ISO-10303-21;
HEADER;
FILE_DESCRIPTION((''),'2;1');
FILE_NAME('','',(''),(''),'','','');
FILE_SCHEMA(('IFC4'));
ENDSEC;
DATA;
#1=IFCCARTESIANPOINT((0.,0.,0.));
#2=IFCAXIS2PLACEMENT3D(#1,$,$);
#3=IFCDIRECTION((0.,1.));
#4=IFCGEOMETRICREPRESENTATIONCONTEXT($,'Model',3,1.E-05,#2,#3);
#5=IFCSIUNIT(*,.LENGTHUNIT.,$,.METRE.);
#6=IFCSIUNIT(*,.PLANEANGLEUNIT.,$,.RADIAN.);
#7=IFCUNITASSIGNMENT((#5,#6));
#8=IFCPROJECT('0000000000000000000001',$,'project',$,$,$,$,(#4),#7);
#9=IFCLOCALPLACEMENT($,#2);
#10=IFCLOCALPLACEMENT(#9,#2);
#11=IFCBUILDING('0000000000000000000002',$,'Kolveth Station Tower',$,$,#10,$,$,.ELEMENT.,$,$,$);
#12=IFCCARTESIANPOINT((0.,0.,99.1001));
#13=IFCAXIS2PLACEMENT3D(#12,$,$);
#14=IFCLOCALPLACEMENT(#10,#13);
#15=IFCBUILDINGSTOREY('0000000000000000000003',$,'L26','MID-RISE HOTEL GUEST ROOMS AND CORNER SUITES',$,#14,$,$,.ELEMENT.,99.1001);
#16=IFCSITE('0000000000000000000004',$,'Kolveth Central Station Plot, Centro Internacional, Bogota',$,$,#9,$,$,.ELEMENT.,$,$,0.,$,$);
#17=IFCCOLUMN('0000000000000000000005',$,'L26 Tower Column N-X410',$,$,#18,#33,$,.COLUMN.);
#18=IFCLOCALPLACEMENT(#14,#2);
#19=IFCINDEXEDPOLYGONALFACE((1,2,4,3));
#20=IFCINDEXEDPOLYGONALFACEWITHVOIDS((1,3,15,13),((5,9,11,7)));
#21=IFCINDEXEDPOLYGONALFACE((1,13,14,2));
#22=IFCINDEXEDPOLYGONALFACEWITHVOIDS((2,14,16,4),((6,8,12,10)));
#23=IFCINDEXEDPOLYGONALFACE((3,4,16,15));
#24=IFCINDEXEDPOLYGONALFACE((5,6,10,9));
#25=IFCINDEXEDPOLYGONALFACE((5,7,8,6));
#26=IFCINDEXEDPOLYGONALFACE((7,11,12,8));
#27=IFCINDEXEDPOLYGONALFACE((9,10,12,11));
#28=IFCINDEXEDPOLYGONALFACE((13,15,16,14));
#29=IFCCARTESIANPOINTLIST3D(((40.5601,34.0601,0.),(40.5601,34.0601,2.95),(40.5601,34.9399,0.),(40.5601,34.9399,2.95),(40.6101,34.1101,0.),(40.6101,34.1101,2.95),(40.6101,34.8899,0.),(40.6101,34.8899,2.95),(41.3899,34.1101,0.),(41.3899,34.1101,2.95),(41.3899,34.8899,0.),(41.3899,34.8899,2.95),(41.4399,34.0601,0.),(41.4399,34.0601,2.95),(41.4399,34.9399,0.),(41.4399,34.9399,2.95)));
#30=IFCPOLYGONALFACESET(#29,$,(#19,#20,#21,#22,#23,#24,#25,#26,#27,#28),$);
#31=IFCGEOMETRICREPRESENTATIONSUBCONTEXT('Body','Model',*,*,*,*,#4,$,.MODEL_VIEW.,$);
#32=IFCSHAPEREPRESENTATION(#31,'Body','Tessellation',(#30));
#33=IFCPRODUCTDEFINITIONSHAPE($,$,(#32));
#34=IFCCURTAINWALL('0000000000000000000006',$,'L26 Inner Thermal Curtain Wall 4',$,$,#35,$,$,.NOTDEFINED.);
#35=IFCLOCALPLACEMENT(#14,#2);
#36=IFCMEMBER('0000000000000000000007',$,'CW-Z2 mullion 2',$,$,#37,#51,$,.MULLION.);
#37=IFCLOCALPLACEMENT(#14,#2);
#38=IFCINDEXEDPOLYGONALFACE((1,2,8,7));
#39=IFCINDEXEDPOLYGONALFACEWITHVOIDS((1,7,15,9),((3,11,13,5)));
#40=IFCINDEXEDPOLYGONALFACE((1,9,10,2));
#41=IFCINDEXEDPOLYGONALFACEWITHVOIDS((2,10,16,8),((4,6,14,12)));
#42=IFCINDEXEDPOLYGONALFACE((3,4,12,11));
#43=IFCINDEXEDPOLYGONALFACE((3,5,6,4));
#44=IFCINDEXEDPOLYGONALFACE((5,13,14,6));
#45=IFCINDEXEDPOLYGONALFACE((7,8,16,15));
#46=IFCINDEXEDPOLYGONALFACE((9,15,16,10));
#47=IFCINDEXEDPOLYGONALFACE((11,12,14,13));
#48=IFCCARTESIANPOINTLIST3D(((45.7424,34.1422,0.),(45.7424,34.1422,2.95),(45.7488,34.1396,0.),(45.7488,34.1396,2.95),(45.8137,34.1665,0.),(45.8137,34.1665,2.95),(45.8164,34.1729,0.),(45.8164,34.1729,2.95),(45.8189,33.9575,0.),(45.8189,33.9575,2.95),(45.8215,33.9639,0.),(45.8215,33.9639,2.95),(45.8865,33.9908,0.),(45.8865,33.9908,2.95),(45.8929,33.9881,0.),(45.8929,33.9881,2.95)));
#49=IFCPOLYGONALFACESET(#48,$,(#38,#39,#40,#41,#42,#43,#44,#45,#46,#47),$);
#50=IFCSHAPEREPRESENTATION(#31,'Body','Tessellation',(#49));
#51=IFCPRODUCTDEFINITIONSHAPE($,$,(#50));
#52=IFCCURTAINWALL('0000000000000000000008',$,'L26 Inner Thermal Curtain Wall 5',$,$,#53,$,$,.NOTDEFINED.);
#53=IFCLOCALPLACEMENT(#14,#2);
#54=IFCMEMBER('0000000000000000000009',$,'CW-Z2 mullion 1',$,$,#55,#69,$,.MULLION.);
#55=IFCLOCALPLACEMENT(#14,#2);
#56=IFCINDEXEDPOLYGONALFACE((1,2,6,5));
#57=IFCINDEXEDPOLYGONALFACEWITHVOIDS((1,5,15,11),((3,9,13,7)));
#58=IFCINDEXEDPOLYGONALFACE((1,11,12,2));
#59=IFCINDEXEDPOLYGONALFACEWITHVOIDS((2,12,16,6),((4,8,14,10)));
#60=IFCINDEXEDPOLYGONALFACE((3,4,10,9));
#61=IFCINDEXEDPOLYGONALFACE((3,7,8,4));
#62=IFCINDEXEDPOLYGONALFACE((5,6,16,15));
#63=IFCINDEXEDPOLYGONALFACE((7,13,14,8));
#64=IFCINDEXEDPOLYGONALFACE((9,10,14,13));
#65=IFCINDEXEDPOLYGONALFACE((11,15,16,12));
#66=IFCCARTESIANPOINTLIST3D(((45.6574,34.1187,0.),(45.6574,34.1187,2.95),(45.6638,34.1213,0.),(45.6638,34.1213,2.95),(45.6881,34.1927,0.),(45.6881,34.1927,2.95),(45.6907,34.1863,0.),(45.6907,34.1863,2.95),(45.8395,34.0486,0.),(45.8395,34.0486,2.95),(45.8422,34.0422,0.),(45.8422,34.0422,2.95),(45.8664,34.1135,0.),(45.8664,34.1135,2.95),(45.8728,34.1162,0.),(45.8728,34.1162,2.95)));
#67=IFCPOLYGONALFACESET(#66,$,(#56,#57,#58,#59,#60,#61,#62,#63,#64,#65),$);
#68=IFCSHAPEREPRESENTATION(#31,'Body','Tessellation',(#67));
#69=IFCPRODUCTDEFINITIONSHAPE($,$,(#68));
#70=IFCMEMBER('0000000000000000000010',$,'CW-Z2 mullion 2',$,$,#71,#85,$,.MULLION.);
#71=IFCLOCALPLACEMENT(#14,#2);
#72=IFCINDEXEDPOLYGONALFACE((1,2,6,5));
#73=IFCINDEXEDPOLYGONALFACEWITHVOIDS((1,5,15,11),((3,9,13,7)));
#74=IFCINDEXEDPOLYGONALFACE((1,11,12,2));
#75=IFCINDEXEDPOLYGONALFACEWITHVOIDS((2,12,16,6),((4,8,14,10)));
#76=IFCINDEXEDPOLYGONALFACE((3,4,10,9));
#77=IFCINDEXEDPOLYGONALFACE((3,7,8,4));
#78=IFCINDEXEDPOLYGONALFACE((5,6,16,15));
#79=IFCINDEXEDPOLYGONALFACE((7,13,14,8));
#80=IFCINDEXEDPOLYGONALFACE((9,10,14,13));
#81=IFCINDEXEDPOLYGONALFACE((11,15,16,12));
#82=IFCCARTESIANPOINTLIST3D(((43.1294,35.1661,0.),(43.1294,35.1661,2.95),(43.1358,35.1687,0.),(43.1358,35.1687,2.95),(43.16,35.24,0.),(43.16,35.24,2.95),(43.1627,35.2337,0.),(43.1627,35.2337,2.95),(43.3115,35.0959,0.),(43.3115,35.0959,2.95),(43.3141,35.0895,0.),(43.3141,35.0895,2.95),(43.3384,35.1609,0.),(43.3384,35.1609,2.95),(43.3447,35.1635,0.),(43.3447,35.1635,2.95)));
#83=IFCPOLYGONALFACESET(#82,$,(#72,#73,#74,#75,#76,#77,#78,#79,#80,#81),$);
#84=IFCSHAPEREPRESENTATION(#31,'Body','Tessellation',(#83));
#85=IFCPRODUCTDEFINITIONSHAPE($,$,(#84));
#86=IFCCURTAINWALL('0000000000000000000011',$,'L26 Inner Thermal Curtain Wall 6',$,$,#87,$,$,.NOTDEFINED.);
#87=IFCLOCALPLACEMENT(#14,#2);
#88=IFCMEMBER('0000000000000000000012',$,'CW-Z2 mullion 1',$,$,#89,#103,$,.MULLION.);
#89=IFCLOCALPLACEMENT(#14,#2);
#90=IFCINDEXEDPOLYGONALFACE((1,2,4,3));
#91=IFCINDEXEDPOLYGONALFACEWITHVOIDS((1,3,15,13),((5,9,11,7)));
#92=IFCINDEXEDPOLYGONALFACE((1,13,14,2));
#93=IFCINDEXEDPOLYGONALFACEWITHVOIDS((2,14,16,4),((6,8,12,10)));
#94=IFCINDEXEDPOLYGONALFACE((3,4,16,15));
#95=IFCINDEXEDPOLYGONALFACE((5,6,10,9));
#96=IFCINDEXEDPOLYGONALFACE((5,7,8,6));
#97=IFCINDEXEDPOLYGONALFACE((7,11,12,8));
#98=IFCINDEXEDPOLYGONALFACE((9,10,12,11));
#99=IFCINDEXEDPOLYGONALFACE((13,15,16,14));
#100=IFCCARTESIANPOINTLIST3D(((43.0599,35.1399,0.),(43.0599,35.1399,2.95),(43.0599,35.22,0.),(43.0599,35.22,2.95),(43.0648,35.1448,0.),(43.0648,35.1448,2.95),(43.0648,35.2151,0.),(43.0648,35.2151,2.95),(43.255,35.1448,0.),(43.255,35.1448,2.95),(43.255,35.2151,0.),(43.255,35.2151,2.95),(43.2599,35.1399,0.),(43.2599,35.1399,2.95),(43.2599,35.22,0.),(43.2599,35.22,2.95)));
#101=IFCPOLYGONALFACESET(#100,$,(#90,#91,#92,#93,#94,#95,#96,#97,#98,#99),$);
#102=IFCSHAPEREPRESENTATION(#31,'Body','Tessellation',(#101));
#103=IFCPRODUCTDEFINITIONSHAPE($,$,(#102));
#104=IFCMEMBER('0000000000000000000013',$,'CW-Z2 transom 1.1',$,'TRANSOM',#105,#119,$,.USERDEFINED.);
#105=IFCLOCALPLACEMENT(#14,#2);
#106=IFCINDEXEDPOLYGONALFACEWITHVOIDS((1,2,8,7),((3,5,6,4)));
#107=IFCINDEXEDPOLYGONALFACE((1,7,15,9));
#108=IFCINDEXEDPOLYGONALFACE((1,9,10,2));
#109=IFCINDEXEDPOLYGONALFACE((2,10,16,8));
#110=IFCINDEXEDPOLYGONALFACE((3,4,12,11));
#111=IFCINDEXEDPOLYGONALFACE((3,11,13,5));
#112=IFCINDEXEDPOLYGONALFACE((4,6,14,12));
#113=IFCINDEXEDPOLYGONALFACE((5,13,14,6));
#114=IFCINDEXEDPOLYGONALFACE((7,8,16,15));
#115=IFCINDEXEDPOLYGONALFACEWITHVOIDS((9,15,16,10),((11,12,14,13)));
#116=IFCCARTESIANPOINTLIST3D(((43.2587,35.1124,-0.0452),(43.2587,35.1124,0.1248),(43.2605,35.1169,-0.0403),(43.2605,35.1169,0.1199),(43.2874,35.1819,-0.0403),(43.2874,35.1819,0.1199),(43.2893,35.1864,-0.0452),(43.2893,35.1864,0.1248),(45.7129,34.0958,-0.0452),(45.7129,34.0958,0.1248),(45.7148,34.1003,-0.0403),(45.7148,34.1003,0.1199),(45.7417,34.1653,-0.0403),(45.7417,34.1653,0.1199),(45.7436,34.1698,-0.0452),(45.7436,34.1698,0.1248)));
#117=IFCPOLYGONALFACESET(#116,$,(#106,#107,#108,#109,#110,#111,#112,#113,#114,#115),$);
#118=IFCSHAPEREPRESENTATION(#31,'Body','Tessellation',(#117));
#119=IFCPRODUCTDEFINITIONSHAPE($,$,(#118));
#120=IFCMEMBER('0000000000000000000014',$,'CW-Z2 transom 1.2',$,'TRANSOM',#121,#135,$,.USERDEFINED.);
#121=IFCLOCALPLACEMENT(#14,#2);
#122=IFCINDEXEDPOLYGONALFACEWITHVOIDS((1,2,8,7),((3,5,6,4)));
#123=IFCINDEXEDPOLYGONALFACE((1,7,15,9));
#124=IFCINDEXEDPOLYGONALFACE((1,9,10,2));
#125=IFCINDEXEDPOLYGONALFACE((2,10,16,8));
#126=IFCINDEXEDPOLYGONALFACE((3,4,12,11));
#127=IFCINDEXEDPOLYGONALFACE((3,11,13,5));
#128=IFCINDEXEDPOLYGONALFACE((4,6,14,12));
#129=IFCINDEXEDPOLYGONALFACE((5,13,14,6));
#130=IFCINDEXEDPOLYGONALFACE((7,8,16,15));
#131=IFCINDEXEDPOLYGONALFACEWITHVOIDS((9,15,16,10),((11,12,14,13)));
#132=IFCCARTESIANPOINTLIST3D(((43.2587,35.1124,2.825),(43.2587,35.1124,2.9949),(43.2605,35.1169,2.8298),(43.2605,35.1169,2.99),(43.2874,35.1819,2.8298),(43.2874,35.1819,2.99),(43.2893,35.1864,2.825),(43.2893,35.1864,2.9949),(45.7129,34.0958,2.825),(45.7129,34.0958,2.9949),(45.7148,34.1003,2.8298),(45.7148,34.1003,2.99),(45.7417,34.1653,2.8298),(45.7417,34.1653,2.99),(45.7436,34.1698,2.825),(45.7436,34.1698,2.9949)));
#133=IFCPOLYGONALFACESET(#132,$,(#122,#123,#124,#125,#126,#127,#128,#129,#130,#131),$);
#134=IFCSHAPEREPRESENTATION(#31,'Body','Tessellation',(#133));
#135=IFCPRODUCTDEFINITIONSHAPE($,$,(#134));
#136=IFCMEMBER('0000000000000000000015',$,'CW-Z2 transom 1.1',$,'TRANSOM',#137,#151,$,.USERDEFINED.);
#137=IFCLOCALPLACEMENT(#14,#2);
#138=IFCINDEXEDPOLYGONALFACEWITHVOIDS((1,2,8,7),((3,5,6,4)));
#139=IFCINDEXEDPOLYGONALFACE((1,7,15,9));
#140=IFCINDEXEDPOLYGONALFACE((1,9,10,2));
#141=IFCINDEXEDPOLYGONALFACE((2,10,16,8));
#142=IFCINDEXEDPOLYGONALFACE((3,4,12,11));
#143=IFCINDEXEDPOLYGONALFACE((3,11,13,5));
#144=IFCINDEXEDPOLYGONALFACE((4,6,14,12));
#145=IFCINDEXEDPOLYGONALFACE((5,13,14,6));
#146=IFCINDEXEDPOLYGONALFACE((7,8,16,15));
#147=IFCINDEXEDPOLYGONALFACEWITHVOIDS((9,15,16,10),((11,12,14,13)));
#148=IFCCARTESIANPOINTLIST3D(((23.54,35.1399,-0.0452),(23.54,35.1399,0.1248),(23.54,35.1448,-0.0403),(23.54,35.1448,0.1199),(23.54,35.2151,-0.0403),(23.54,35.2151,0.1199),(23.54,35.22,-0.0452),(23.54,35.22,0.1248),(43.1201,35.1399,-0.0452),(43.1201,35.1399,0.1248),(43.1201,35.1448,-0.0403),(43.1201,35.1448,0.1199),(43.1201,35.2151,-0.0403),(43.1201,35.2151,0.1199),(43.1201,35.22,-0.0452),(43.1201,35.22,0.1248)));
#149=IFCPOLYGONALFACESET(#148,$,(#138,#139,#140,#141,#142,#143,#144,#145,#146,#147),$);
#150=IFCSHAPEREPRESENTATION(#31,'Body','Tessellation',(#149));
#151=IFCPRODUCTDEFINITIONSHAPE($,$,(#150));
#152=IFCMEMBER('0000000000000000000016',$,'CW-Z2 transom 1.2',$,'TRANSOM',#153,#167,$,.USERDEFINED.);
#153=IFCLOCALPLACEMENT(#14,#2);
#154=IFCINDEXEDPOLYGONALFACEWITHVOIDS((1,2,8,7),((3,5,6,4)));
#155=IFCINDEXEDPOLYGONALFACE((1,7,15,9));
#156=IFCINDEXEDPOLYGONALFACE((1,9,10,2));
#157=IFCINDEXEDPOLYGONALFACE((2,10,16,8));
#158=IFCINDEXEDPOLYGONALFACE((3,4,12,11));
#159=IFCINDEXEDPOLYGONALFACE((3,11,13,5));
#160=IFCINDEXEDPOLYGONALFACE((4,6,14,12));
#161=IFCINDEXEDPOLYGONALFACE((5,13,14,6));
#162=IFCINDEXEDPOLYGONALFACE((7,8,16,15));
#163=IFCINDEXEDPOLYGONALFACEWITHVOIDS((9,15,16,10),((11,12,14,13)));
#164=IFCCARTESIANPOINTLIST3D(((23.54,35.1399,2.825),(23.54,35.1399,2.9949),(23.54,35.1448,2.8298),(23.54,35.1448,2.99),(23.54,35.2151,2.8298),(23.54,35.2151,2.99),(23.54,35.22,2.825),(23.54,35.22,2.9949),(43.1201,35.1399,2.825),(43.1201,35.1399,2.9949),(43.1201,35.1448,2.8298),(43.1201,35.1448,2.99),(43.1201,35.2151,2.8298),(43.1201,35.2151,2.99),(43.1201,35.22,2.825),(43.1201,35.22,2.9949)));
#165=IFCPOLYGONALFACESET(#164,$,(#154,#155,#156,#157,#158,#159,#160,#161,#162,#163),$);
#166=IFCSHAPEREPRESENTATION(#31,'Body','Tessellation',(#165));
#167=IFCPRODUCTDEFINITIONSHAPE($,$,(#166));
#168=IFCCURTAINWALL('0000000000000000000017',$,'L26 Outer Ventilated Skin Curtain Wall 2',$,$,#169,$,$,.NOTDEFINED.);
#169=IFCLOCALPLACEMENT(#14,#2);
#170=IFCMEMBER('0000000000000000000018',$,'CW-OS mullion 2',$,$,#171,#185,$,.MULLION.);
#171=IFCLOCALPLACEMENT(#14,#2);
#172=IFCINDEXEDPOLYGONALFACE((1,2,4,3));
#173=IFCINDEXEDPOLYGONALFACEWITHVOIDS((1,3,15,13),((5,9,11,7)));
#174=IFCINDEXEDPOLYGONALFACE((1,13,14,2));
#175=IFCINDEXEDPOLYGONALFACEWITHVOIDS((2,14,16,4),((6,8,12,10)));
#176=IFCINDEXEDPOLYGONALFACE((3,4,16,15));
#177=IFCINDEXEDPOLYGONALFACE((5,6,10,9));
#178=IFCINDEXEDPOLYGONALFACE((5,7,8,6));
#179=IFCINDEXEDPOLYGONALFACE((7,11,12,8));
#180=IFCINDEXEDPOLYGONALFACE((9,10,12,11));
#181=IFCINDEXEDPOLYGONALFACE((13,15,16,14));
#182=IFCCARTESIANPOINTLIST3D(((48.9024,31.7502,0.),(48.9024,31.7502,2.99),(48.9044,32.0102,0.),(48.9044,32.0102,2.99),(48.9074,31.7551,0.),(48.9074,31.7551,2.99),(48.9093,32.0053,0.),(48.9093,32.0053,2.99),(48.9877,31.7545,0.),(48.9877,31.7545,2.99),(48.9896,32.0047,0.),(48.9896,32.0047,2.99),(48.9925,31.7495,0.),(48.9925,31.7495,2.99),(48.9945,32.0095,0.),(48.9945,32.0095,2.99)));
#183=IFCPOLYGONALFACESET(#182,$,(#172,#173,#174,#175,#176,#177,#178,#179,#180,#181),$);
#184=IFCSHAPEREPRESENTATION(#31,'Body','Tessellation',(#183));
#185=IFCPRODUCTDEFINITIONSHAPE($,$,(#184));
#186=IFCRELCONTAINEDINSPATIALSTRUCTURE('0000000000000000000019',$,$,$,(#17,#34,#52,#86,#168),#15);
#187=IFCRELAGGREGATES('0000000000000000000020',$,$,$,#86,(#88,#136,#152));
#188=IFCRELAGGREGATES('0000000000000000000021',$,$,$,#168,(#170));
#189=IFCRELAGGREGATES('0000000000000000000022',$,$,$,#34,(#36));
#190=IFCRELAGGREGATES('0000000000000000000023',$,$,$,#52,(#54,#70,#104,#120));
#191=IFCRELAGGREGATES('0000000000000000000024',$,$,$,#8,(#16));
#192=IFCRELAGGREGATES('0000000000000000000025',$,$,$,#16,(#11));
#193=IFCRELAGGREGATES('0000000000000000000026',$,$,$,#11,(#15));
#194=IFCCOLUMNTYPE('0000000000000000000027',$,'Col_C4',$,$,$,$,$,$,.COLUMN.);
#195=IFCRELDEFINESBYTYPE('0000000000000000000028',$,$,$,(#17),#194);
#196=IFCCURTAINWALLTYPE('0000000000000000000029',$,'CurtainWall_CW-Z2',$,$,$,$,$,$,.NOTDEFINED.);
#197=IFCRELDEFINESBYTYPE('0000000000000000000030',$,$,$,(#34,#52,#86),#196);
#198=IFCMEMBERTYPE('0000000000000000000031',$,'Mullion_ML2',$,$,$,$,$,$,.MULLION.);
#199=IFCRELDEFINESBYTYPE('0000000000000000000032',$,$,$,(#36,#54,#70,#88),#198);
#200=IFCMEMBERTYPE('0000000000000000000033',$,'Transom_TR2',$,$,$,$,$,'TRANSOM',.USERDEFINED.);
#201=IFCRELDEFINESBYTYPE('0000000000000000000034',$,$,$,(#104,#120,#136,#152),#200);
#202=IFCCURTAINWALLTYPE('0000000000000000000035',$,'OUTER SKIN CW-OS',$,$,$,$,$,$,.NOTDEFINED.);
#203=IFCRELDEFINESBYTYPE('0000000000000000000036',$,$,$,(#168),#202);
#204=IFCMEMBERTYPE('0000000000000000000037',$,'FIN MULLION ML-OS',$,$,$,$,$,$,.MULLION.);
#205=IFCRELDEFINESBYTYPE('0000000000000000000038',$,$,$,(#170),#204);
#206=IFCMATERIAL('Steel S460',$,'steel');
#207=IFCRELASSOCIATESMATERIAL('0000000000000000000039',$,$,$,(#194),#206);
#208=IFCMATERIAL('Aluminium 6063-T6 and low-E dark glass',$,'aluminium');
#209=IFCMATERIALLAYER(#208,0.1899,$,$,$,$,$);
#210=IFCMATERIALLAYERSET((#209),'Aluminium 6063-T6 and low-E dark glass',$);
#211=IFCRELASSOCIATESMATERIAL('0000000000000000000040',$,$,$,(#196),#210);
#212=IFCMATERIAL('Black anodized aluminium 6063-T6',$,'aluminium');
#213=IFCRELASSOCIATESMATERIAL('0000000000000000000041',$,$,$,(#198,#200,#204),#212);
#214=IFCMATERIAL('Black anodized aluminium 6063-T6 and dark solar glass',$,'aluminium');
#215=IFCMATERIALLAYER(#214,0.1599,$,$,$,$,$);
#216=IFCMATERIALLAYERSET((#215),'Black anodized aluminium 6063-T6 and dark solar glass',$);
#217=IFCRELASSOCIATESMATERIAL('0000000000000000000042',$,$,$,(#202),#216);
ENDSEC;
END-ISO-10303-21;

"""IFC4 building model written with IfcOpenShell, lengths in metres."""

from ifc_helpers import new_model, si_unit, direction, frame, origin, origin_2d, place, context, subcontext, project, spatial, hollow_rectangle, extrude, source, transform, mapped, material, layer, layer_set, material_profile, profile_set, type_object, element, aggregate, save


model = new_model("IFC4")

# Units and contexts
model_context = context("Model", 3, precision=1e-05, world=origin(), true_north=direction((0.0, 1.0)))
body_context = subcontext(model_context, "Body", "Model", "MODEL_VIEW")
ifc_project = project(units=[si_unit("LENGTHUNIT", "METRE"), si_unit("PLANEANGLEUNIT", "RADIAN")], contexts=[model_context])

# Site, building, storey
site_placement = place(None, origin())
site = spatial("IfcSite", under=ifc_project, at=site_placement, Name="Kolveth Central Station Plot, Centro Internacional, Bogota", CompositionType="ELEMENT", RefElevation=0.0)
building_placement = place(site_placement, origin())
building = spatial("IfcBuilding", under=site, at=building_placement, Name="Kolveth Station Tower", CompositionType="ELEMENT")
storey_placement = place(building_placement, frame((0.0, 0.0, 99.1001)))
storey = spatial("IfcBuildingStorey", under=building, at=storey_placement, Name="L26", Description="MID-RISE HOTEL GUEST ROOMS AND CORNER SUITES", CompositionType="ELEMENT", Elevation=99.1001)

# Column
ifc_material_1 = material(Name="Steel S460", Category="steel")
ifc_material_profile_1 = material_profile(ifc_material_1, hollow_rectangle(XDim=0.8799, YDim=0.8799, WallThickness=0.05, at=origin_2d()), Name="BOX880x880x50")
ifc_profile_set_1 = profile_set([ifc_material_profile_1], Name="Steel S460")
column_type = type_object("IfcColumnType", Name="Col_C4", PredefinedType="COLUMN", material=ifc_profile_set_1)
shared_shape_1 = source(origin(), body_context, "Body", "SweptSolid", [
    extrude(hollow_rectangle(XDim=0.8799, YDim=0.8799, WallThickness=0.05, at=origin_2d()), origin(), (0.0, 0.0, 1.0), 2.95),
])
column_placement = place(storey_placement, frame((41.0, 34.5, 0.0), z_axis=(0.0, 0.0, 1.0), x_axis=(1.0, 0.0, 0.0)))
element("IfcColumn", 1, at=column_placement, inside=storey, type_object=column_type, Name="L26 Tower Column N-X410", PredefinedType="COLUMN", context=body_context, shape_type="MappedRepresentation", body=[
    mapped(shared_shape_1, transform((0.0, 0.0, 0.0), x_axis=(1.0, 0.0, 0.0), y_axis=(0.0, 1.0, 0.0), z_axis=(0.0, 0.0, 1.0), scale=1.0)),
])

# Curtain wall, member
ifc_material_2 = material(Name="Aluminium 6063-T6 and low-E dark glass", Category="aluminium")
ifc_layer_1 = layer(ifc_material_2, 0.1899)
ifc_layer_set_1 = layer_set([ifc_layer_1], Name="Aluminium 6063-T6 and low-E dark glass")
curtain_wall_type_1 = type_object("IfcCurtainWallType", Name="CurtainWall_CW-Z2", PredefinedType="NOTDEFINED", material=ifc_layer_set_1)
curtain_wall_1_placement = place(storey_placement, origin())
curtain_wall_1 = element("IfcCurtainWall", 2, at=curtain_wall_1_placement, inside=storey, type_object=curtain_wall_type_1, Name="L26 Inner Thermal Curtain Wall 4", PredefinedType="NOTDEFINED")
ifc_material_3 = material(Name="Black anodized aluminium 6063-T6", Category="aluminium")
ifc_material_profile_2 = material_profile(ifc_material_3, hollow_rectangle(XDim=0.0801, YDim=0.2, WallThickness=0.0049, at=origin_2d()), Name="ALU-80x200x5")
ifc_profile_set_2 = profile_set([ifc_material_profile_2], Name="Black anodized aluminium 6063-T6")
member_type_1 = type_object("IfcMemberType", Name="Mullion_ML2", PredefinedType="MULLION", material=ifc_profile_set_2)
shared_shape_2 = source(origin(), body_context, "Body", "SweptSolid", [
    extrude(hollow_rectangle(XDim=0.0801, YDim=0.2, WallThickness=0.0049, at=origin_2d()), origin(), (0.0, 0.0, 1.0), 2.95),
])
member_1_placement = place(storey_placement, frame((45.8176, 34.0652, 0.0), z_axis=(0.0, 0.0, 1.0), x_axis=(-0.923888, -0.382663, 0.0)))
member_1 = element("IfcMember", 3, at=member_1_placement, type_object=member_type_1, Name="CW-Z2 mullion 2", PredefinedType="MULLION", context=body_context, shape_type="MappedRepresentation", body=[
    mapped(shared_shape_2, transform((0.0, 0.0, 0.0), x_axis=(1.0, 0.0, 0.0), y_axis=(0.0, 1.0, 0.0), z_axis=(0.0, 0.0, 1.0), scale=1.0)),
])

# Curtain wall, members
curtain_wall_2_placement = place(storey_placement, origin())
curtain_wall_2 = element("IfcCurtainWall", 4, at=curtain_wall_2_placement, inside=storey, type_object=curtain_wall_type_1, Name="L26 Inner Thermal Curtain Wall 5", PredefinedType="NOTDEFINED")
member_2_placement = place(storey_placement, frame((45.7651, 34.1174, 0.0), z_axis=(0.0, 0.0, 1.0), x_axis=(-0.382663, -0.923888, 0.0)))
member_2 = element("IfcMember", 5, at=member_2_placement, type_object=member_type_1, Name="CW-Z2 mullion 1", PredefinedType="MULLION", context=body_context, shape_type="MappedRepresentation", body=[
    mapped(shared_shape_2, transform((0.0, 0.0, 0.0), x_axis=(1.0, 0.0, 0.0), y_axis=(0.0, 1.0, 0.0), z_axis=(0.0, 0.0, 1.0), scale=1.0)),
])
member_3_placement = place(storey_placement, frame((43.2371, 35.1648, 0.0), z_axis=(0.0, 0.0, 1.0), x_axis=(-0.382663, -0.923888, 0.0)))
member_3 = element("IfcMember", 6, at=member_3_placement, type_object=member_type_1, Name="CW-Z2 mullion 2", PredefinedType="MULLION", context=body_context, shape_type="MappedRepresentation", body=[
    mapped(shared_shape_2, transform((0.0, 0.0, 0.0), x_axis=(1.0, 0.0, 0.0), y_axis=(0.0, 1.0, 0.0), z_axis=(0.0, 0.0, 1.0), scale=1.0)),
])

# Curtain wall, member
curtain_wall_3_placement = place(storey_placement, origin())
curtain_wall_3 = element("IfcCurtainWall", 7, at=curtain_wall_3_placement, inside=storey, type_object=curtain_wall_type_1, Name="L26 Inner Thermal Curtain Wall 6", PredefinedType="NOTDEFINED")
member_4_placement = place(storey_placement, frame((43.1599, 35.1799, 0.0), z_axis=(0.0, 0.0, 1.0), x_axis=(0.0, -1.0, 0.0)))
member_4 = element("IfcMember", 8, at=member_4_placement, type_object=member_type_1, Name="CW-Z2 mullion 1", PredefinedType="MULLION", context=body_context, shape_type="MappedRepresentation", body=[
    mapped(shared_shape_2, transform((0.0, 0.0, 0.0), x_axis=(1.0, 0.0, 0.0), y_axis=(0.0, 1.0, 0.0), z_axis=(0.0, 0.0, 1.0), scale=1.0)),
])

# Members
ifc_material_profile_3 = material_profile(ifc_material_3, hollow_rectangle(XDim=0.0801, YDim=0.1699, WallThickness=0.0049, at=origin_2d()), Name="ALU-80x170x5")
ifc_profile_set_3 = profile_set([ifc_material_profile_3], Name="Black anodized aluminium 6063-T6")
member_type_2 = type_object("IfcMemberType", Name="Transom_TR2", ElementType="TRANSOM", PredefinedType="USERDEFINED", material=ifc_profile_set_3)
shared_shape_3 = source(origin(), body_context, "Body", "SweptSolid", [
    extrude(hollow_rectangle(XDim=0.0801, YDim=0.1699, WallThickness=0.0049, at=origin_2d()), origin(), (0.0, 0.0, 1.0), 2.6565),
])
member_5_placement = place(storey_placement, frame((45.7283, 34.1328, 0.0398), z_axis=(-0.923882, 0.382676, 0.0), x_axis=(-0.382676, -0.923882, 0.0)))
member_5 = element("IfcMember", 9, at=member_5_placement, type_object=member_type_2, Name="CW-Z2 transom 1.1", ObjectType="TRANSOM", PredefinedType="USERDEFINED", context=body_context, shape_type="MappedRepresentation", body=[
    mapped(shared_shape_3, transform((0.0, 0.0, 0.0), x_axis=(1.0, 0.0, 0.0), y_axis=(0.0, 1.0, 0.0), z_axis=(0.0, 0.0, 1.0), scale=1.0)),
])
member_6_placement = place(storey_placement, frame((45.7283, 34.1328, 2.9099), z_axis=(-0.923882, 0.382676, 0.0), x_axis=(-0.382676, -0.923882, 0.0)))
member_6 = element("IfcMember", 10, at=member_6_placement, type_object=member_type_2, Name="CW-Z2 transom 1.2", ObjectType="TRANSOM", PredefinedType="USERDEFINED", context=body_context, shape_type="MappedRepresentation", body=[
    mapped(shared_shape_3, transform((0.0, 0.0, 0.0), x_axis=(1.0, 0.0, 0.0), y_axis=(0.0, 1.0, 0.0), z_axis=(0.0, 0.0, 1.0), scale=1.0)),
])
shared_shape_4 = source(origin(), body_context, "Body", "SweptSolid", [
    extrude(hollow_rectangle(XDim=0.0801, YDim=0.1699, WallThickness=0.0049, at=origin_2d()), origin(), (0.0, 0.0, 1.0), 19.5801),
])
member_7_placement = place(storey_placement, frame((43.1201, 35.1799, 0.0398), z_axis=(-1.0, 0.0, 0.0), x_axis=(0.0, -1.0, 0.0)))
member_7 = element("IfcMember", 11, at=member_7_placement, type_object=member_type_2, Name="CW-Z2 transom 1.1", ObjectType="TRANSOM", PredefinedType="USERDEFINED", context=body_context, shape_type="MappedRepresentation", body=[
    mapped(shared_shape_4, transform((0.0, 0.0, 0.0), x_axis=(1.0, 0.0, 0.0), y_axis=(0.0, 1.0, 0.0), z_axis=(0.0, 0.0, 1.0), scale=1.0)),
])
member_8_placement = place(storey_placement, frame((43.1201, 35.1799, 2.9099), z_axis=(-1.0, 0.0, 0.0), x_axis=(0.0, -1.0, 0.0)))
member_8 = element("IfcMember", 12, at=member_8_placement, type_object=member_type_2, Name="CW-Z2 transom 1.2", ObjectType="TRANSOM", PredefinedType="USERDEFINED", context=body_context, shape_type="MappedRepresentation", body=[
    mapped(shared_shape_4, transform((0.0, 0.0, 0.0), x_axis=(1.0, 0.0, 0.0), y_axis=(0.0, 1.0, 0.0), z_axis=(0.0, 0.0, 1.0), scale=1.0)),
])
aggregate(curtain_wall_3, [member_4, member_7, member_8])

# Curtain wall, member
ifc_material_4 = material(Name="Black anodized aluminium 6063-T6 and dark solar glass", Category="aluminium")
ifc_layer_2 = layer(ifc_material_4, 0.1599)
ifc_layer_set_2 = layer_set([ifc_layer_2], Name="Black anodized aluminium 6063-T6 and dark solar glass")
curtain_wall_type_2 = type_object("IfcCurtainWallType", Name="OUTER SKIN CW-OS", PredefinedType="NOTDEFINED", material=ifc_layer_set_2)
curtain_wall_4_placement = place(storey_placement, origin())
curtain_wall_4 = element("IfcCurtainWall", 13, at=curtain_wall_4_placement, inside=storey, type_object=curtain_wall_type_2, Name="L26 Outer Ventilated Skin Curtain Wall 2", PredefinedType="NOTDEFINED")
ifc_material_profile_4 = material_profile(ifc_material_3, hollow_rectangle(XDim=0.0901, YDim=0.26, WallThickness=0.0049, at=origin_2d()), Name="ALU-90x260x5")
ifc_profile_set_4 = profile_set([ifc_material_profile_4], Name="Black anodized aluminium 6063-T6")
member_type_3 = type_object("IfcMemberType", Name="FIN MULLION ML-OS", PredefinedType="MULLION", material=ifc_profile_set_4)
shared_shape_5 = source(origin(), body_context, "Body", "SweptSolid", [
    extrude(hollow_rectangle(XDim=0.0901, YDim=0.26, WallThickness=0.0049, at=origin_2d()), origin(), (0.0, 0.0, 1.0), 2.99),
])
member_9_placement = place(storey_placement, frame((48.9485, 31.8799, 0.0), z_axis=(0.0, 0.0, 1.0), x_axis=(-0.99997, 0.007721, 0.0)))
member_9 = element("IfcMember", 14, at=member_9_placement, type_object=member_type_3, Name="CW-OS mullion 2", PredefinedType="MULLION", context=body_context, shape_type="MappedRepresentation", body=[
    mapped(shared_shape_5, transform((0.0, 0.0, 0.0), x_axis=(1.0, 0.0, 0.0), y_axis=(0.0, 1.0, 0.0), z_axis=(0.0, 0.0, 1.0), scale=1.0)),
])
aggregate(curtain_wall_4, [member_9])

aggregate(curtain_wall_1, [member_1])
aggregate(curtain_wall_2, [member_2, member_3, member_5, member_6])

save(model, "model.ifc")
